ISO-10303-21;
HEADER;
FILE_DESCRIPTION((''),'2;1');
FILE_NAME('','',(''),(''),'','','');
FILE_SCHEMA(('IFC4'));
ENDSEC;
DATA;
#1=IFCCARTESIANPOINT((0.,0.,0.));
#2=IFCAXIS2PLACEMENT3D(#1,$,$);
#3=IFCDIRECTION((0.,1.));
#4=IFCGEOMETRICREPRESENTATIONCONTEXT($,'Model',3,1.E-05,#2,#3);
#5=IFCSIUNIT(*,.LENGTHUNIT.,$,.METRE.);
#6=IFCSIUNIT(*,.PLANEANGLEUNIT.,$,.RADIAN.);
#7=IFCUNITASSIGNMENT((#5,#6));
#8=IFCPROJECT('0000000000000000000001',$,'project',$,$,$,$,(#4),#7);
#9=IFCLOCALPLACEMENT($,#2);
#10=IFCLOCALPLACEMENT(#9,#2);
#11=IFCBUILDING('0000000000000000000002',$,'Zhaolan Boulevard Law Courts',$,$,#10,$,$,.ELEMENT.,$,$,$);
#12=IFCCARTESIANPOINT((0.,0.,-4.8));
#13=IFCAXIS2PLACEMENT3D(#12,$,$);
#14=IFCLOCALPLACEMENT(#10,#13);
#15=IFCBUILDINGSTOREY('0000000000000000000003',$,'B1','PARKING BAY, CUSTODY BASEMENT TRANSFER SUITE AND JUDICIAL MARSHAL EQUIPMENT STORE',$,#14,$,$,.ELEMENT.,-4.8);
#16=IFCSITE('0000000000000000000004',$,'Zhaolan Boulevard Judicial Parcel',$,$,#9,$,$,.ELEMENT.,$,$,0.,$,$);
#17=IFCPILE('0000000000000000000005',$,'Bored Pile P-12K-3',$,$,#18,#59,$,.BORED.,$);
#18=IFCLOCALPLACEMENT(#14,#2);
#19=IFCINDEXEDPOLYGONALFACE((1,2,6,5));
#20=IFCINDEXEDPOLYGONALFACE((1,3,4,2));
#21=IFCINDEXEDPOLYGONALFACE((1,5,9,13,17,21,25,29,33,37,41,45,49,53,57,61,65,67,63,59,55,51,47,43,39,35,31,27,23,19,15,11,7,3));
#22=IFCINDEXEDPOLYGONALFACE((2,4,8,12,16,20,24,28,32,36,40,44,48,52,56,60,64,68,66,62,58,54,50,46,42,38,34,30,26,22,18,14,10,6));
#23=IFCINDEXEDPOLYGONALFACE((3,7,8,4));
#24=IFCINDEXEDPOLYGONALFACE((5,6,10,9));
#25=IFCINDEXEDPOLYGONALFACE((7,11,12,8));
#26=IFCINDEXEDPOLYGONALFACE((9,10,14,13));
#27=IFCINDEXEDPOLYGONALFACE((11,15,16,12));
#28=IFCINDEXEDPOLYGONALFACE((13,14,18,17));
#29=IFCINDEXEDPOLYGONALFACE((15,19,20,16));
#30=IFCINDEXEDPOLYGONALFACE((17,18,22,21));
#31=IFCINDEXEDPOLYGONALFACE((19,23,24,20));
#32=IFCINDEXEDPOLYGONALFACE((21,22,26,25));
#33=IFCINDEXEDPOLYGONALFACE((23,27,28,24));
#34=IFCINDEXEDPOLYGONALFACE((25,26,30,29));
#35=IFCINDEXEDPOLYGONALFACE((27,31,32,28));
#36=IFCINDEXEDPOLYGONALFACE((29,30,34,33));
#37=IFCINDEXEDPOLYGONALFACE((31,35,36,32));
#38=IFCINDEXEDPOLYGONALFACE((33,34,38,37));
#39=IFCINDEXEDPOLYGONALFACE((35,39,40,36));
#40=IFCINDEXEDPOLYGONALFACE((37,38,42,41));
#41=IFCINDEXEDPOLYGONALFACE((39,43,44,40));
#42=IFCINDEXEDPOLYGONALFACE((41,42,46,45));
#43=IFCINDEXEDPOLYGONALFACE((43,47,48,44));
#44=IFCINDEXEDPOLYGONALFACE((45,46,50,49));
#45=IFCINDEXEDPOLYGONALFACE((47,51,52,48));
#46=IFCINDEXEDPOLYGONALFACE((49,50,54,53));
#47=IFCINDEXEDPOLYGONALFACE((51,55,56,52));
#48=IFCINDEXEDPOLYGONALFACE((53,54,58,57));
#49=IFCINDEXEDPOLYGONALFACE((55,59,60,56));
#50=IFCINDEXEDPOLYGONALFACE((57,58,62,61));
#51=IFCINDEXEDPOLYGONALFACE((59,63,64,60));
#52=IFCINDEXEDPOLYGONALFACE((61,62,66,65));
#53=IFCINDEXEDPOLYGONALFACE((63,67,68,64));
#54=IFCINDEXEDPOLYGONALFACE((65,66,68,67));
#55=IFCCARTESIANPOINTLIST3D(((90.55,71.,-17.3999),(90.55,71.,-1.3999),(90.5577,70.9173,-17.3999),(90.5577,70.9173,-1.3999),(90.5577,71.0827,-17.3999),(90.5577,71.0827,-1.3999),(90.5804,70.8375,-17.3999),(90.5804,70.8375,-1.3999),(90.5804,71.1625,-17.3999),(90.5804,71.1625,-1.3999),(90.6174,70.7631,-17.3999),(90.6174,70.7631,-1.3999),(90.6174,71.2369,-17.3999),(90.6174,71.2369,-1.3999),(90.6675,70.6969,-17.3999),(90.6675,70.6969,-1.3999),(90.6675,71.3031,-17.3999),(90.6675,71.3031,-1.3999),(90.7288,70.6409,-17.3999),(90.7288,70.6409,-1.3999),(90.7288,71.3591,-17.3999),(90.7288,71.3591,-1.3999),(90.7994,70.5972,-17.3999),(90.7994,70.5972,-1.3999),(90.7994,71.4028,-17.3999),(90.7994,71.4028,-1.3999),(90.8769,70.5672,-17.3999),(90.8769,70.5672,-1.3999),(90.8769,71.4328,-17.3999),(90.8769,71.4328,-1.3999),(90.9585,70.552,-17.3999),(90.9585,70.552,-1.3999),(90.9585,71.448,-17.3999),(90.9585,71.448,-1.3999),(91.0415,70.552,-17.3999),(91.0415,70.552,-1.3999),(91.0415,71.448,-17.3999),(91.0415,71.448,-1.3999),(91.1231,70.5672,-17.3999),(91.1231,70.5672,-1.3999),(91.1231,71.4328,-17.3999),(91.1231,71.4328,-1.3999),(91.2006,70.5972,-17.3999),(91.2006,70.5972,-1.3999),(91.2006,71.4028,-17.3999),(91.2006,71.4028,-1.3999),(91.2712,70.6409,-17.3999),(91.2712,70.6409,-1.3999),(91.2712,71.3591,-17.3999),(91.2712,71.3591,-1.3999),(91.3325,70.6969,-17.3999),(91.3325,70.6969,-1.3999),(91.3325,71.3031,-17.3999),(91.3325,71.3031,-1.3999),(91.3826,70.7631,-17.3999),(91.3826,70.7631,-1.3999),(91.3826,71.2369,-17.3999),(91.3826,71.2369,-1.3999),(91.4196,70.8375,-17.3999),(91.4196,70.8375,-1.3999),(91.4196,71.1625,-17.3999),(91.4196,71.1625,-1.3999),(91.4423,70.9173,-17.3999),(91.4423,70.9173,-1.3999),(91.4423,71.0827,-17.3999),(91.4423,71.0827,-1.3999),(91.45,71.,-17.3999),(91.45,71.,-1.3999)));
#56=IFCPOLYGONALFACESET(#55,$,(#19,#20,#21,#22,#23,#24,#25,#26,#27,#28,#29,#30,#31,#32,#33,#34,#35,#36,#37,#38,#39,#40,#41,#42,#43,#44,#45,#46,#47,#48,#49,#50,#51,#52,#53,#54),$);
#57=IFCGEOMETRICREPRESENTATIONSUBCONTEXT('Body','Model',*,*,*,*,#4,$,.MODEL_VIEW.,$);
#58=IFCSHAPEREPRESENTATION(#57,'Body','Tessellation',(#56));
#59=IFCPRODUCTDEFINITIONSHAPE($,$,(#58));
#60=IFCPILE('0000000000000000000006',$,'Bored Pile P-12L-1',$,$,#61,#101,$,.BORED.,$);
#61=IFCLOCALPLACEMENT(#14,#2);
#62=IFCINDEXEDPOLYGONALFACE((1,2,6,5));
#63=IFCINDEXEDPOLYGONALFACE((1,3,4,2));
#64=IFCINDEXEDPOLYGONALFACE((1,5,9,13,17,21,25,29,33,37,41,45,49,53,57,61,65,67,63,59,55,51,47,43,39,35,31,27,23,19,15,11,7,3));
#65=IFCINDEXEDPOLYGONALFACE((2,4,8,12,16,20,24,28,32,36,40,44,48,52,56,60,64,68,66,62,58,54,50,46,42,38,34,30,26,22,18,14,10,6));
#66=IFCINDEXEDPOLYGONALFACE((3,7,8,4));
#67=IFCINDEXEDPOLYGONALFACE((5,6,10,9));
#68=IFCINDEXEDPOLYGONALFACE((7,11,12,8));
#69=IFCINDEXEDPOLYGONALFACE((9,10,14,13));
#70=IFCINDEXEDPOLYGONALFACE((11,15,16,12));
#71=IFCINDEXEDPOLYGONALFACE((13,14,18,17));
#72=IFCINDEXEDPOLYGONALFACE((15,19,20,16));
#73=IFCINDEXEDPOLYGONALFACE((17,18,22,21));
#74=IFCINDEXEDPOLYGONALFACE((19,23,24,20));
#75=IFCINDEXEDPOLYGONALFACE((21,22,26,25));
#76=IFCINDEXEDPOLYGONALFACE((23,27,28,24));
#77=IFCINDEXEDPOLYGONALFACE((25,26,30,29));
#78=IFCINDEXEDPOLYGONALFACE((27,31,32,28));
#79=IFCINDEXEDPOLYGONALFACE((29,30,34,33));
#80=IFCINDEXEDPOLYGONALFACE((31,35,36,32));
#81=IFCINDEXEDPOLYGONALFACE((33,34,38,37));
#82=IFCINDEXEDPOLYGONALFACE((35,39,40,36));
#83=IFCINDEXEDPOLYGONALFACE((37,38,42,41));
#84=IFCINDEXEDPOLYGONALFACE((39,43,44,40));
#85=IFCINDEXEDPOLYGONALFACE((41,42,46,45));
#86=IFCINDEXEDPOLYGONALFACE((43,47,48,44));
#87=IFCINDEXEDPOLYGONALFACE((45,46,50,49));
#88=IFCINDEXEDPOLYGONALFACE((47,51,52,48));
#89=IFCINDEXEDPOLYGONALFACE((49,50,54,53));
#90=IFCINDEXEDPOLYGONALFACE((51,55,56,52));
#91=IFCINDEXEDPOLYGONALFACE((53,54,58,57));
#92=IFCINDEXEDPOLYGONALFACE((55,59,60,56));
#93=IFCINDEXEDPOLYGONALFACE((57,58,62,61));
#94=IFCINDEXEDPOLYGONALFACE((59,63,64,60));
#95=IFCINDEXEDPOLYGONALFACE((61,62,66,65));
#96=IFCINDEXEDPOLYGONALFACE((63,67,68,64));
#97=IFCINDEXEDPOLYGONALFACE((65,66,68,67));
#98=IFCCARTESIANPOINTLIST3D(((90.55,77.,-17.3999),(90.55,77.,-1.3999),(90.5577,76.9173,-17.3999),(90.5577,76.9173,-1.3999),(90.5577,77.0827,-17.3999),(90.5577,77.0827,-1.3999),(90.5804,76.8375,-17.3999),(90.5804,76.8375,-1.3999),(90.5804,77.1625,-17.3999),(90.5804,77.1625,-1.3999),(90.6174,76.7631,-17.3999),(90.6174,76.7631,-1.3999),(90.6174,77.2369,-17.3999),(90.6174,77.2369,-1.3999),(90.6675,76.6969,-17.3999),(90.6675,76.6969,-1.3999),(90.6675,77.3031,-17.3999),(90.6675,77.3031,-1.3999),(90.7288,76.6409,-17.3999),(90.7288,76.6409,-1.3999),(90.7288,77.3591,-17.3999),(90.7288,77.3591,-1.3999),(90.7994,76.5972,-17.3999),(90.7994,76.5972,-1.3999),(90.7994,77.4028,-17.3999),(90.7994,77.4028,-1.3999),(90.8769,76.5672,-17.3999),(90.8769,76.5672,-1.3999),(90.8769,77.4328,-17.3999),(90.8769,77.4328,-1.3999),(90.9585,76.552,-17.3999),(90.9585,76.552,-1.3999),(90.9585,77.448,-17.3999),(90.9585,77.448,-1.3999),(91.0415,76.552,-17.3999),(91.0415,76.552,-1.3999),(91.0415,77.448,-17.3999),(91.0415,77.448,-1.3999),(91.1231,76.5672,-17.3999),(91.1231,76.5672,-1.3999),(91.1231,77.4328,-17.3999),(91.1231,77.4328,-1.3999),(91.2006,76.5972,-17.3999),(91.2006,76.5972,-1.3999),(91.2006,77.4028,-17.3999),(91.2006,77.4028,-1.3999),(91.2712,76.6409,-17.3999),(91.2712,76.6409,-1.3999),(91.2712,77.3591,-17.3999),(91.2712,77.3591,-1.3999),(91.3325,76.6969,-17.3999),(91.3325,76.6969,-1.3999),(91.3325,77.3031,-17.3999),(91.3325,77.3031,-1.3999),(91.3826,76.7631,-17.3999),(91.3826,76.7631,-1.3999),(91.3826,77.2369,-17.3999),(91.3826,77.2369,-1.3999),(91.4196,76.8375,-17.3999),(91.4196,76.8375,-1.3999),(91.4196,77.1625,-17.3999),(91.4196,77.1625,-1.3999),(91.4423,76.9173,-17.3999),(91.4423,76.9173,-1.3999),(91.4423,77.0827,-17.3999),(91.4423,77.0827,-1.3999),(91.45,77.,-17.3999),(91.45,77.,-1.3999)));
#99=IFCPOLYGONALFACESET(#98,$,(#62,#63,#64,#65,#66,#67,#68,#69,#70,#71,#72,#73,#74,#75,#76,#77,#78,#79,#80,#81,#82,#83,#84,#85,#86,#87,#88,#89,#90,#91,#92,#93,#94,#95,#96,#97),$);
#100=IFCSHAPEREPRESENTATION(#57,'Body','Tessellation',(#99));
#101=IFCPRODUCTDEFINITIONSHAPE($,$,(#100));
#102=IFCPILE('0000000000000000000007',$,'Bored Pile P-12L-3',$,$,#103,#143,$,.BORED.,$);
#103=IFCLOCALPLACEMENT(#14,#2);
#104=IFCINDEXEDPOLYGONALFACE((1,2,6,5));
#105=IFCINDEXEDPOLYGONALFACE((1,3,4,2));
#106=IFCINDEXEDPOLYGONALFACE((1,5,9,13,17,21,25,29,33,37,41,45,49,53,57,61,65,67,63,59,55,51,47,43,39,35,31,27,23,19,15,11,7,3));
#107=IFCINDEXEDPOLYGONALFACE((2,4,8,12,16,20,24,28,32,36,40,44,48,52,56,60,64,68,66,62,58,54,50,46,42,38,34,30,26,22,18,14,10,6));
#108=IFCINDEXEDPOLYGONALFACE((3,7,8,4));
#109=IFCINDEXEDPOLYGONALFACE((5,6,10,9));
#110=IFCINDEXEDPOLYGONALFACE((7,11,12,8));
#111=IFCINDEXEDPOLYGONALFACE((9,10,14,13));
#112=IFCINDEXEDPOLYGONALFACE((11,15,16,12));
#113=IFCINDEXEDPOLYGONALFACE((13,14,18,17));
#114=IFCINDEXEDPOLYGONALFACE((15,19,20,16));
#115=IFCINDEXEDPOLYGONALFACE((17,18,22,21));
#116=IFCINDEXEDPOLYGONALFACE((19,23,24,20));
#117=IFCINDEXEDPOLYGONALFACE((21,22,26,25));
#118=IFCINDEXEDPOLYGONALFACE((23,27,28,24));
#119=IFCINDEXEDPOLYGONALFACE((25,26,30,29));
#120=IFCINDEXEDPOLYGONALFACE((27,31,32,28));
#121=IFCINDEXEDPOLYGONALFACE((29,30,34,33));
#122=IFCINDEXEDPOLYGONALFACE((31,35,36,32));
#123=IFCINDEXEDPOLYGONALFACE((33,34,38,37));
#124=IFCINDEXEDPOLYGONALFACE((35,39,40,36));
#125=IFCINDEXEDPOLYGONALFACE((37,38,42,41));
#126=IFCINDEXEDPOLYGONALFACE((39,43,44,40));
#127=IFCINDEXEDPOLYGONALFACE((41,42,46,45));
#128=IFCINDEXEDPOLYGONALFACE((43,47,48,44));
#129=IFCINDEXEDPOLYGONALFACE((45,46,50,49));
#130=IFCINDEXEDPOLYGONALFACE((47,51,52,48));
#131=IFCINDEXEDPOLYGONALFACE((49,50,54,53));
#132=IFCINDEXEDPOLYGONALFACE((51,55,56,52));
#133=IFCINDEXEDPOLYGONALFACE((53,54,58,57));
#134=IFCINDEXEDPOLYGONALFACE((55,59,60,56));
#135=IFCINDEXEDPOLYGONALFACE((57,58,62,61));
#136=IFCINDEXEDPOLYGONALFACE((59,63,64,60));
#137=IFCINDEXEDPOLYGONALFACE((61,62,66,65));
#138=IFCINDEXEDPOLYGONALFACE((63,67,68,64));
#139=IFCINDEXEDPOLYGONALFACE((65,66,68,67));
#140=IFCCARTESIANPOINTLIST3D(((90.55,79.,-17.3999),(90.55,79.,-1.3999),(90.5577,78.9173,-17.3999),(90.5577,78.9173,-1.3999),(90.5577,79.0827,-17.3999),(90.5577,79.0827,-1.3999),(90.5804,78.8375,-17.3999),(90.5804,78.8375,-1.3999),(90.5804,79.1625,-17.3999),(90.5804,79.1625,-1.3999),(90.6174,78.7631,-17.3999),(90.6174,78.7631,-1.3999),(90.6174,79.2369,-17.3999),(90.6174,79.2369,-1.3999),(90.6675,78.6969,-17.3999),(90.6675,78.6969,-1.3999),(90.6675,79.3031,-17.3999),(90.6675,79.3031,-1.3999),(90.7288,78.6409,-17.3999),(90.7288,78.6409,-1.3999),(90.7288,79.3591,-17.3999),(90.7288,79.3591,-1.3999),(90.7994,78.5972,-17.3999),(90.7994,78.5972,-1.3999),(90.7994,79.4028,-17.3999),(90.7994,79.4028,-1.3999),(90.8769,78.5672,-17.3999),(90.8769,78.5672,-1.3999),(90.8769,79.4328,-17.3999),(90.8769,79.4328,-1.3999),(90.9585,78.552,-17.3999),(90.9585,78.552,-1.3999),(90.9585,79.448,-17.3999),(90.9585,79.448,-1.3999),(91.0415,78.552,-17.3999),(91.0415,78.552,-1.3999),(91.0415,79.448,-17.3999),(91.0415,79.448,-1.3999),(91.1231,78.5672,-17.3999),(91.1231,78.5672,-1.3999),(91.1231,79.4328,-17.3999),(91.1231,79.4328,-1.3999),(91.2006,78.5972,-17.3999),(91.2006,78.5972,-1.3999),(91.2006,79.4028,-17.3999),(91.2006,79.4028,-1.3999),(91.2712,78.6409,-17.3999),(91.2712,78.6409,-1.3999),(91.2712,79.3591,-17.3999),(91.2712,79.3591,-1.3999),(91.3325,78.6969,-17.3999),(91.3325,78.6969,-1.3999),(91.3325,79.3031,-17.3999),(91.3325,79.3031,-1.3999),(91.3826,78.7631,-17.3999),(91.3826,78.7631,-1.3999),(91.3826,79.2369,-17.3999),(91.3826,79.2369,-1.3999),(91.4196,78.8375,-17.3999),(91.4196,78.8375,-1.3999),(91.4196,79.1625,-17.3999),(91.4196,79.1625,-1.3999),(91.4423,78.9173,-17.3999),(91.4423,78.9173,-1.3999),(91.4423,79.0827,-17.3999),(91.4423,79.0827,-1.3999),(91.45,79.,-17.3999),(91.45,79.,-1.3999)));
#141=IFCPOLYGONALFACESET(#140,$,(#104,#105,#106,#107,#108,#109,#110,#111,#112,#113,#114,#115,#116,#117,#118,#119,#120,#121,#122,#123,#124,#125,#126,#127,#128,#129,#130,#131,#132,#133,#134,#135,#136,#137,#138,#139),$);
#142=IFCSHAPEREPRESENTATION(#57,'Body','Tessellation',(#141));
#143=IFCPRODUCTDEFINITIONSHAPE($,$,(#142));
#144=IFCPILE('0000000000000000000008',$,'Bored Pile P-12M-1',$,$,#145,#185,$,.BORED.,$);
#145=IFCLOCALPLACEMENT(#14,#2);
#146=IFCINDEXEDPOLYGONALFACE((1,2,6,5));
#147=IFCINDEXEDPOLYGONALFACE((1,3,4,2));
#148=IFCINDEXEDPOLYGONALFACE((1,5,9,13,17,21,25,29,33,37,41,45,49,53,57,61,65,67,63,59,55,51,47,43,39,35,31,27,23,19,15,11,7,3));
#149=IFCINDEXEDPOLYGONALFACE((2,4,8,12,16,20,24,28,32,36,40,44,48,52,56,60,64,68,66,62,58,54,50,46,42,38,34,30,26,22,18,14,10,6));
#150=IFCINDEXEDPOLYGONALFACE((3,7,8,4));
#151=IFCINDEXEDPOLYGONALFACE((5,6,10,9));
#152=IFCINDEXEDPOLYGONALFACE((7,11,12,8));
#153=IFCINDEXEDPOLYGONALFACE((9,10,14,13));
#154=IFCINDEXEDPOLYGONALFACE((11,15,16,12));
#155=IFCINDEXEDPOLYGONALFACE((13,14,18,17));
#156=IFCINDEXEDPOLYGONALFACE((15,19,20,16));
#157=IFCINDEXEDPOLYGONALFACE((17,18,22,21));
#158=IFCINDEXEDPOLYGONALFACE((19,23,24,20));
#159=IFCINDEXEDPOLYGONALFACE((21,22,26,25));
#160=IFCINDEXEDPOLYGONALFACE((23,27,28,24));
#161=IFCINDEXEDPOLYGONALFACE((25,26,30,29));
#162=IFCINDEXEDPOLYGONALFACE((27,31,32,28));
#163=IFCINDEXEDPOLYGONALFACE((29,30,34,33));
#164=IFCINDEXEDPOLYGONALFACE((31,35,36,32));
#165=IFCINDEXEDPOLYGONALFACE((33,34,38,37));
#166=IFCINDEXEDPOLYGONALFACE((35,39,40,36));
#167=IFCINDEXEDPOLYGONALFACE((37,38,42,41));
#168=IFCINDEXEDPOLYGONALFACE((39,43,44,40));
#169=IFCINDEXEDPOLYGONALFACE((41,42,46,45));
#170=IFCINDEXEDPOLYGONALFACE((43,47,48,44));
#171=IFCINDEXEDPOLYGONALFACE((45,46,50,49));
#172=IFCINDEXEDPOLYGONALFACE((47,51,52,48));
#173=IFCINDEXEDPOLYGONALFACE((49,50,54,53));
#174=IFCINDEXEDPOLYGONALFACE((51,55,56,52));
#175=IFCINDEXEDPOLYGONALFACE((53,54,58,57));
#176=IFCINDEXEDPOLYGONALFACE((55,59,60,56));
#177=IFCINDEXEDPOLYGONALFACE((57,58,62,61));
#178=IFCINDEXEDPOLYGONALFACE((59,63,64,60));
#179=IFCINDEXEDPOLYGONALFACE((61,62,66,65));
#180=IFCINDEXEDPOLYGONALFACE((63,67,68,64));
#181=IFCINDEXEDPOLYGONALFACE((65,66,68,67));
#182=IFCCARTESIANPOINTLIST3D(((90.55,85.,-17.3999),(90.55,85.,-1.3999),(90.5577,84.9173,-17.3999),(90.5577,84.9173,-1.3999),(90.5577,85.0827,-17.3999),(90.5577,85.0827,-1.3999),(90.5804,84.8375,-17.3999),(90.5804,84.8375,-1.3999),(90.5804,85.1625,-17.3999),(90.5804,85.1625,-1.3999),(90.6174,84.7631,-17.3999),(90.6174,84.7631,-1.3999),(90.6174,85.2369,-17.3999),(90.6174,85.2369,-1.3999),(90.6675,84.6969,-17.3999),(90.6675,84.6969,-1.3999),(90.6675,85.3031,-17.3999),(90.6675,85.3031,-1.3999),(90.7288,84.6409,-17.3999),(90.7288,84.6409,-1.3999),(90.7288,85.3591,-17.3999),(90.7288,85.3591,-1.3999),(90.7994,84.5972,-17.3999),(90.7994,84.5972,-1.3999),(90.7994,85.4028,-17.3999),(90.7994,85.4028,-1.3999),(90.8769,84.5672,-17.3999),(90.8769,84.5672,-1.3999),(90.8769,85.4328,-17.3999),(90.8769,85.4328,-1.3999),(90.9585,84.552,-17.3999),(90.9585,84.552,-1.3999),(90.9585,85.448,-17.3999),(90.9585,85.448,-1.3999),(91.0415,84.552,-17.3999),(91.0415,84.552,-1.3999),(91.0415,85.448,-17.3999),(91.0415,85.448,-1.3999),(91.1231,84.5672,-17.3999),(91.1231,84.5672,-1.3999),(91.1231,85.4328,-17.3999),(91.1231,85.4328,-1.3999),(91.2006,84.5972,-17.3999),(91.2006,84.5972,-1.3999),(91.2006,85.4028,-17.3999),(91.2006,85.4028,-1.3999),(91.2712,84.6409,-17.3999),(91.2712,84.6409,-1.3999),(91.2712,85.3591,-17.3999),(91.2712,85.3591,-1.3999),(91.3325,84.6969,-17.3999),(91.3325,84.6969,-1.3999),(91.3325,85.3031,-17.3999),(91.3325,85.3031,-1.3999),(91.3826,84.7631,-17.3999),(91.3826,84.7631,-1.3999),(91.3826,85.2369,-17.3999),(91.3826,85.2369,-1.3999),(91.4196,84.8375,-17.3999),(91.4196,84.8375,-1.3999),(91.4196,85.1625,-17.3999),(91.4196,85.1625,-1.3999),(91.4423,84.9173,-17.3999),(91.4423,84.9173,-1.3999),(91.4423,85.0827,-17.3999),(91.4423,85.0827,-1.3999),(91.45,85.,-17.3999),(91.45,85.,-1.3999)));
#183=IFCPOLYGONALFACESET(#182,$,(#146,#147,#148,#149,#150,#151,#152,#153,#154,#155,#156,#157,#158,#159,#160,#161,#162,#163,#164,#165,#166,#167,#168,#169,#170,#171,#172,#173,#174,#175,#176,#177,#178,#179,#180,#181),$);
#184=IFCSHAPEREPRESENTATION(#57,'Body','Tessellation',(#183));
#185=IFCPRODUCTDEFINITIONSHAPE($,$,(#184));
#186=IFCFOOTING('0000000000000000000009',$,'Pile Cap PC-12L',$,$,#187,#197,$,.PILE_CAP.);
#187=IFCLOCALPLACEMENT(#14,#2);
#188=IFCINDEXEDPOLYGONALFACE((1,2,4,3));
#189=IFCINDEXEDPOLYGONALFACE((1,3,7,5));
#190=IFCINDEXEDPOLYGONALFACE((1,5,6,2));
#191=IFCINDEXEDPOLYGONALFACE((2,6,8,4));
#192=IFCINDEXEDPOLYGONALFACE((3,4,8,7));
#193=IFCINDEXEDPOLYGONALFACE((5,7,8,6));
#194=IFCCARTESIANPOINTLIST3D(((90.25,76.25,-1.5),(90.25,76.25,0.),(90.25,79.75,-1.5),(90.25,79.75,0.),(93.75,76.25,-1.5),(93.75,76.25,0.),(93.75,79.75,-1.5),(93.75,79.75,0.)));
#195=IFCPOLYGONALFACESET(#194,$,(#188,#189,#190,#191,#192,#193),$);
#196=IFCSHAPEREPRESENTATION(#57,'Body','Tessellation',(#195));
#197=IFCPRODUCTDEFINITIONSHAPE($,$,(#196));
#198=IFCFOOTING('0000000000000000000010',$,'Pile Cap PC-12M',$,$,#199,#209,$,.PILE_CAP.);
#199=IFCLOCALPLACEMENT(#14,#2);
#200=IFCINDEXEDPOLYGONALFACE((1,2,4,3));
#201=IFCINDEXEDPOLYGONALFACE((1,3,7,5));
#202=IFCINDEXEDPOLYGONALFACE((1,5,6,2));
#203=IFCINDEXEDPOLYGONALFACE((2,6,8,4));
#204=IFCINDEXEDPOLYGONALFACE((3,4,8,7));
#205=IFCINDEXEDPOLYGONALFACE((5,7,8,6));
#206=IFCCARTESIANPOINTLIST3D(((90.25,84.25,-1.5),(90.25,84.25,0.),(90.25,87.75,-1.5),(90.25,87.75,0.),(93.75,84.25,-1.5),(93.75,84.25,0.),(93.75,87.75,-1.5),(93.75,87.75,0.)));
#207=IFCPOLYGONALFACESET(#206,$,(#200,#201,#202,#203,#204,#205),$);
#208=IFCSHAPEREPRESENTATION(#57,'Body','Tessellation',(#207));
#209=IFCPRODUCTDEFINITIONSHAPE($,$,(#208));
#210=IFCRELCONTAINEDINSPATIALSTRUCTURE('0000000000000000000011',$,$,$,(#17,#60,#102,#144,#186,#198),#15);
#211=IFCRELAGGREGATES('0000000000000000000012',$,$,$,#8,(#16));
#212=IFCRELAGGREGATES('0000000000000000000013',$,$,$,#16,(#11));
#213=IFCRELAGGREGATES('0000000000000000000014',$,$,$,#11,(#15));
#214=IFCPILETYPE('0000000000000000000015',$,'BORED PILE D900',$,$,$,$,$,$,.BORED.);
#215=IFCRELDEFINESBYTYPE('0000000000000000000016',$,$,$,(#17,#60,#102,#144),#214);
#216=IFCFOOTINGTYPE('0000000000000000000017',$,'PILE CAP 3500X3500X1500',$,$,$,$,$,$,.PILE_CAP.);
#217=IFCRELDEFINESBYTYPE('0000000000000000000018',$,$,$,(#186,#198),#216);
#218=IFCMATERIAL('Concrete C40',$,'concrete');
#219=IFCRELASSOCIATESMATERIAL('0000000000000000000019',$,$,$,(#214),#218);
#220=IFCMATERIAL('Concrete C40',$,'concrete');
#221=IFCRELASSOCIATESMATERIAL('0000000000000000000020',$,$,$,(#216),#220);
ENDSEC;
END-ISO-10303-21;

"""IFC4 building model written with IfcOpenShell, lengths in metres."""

from ifc_helpers import new_model, si_unit, direction, frame, origin, origin_2d, place, context, subcontext, project, spatial, rectangle, circle, extrude, material, material_profile, profile_set, type_object, element, save


model = new_model("IFC4")

# Units and contexts
model_context = context("Model", 3, precision=1e-05, world=origin(), true_north=direction((0.0, 1.0)))
body_context = subcontext(model_context, "Body", "Model", "MODEL_VIEW")
ifc_project = project(units=[si_unit("LENGTHUNIT", "METRE"), si_unit("PLANEANGLEUNIT", "RADIAN")], contexts=[model_context])

# Site, building, storey
site_placement = place(None, origin())
site = spatial("IfcSite", under=ifc_project, at=site_placement, Name="Zhaolan Boulevard Judicial Parcel", CompositionType="ELEMENT", RefElevation=0.0)
building_placement = place(site_placement, origin())
building = spatial("IfcBuilding", under=site, at=building_placement, Name="Zhaolan Boulevard Law Courts", CompositionType="ELEMENT")
storey_placement = place(building_placement, frame((0.0, 0.0, -4.8)))
storey = spatial("IfcBuildingStorey", under=building, at=storey_placement, Name="B1", Description="PARKING BAY, CUSTODY BASEMENT TRANSFER SUITE AND JUDICIAL MARSHAL EQUIPMENT STORE", CompositionType="ELEMENT", Elevation=-4.8)

# Piles
ifc_material_1 = material(Name="Concrete C40", Category="concrete")
ifc_material_profile_1 = material_profile(ifc_material_1, circle(Radius=0.45, at=origin_2d()), Name="PILE-D900")
ifc_profile_set_1 = profile_set([ifc_material_profile_1], Name="Concrete C40")
pile_type = type_object("IfcPileType", Name="BORED PILE D900", PredefinedType="BORED", material=ifc_profile_set_1)
for number, where, z_axis, x_axis, name in (
    (1, (91.0, 71.0, -1.3999), (0.0, 0.0, -1.0), (1.0, 0.0, 0.0), "Bored Pile P-12K-3"),
    (2, (91.0, 77.0, -1.3999), (0.0, 0.0, -1.0), (1.0, 0.0, 0.0), "Bored Pile P-12L-1"),
    (3, (91.0, 79.0, -1.3999), (0.0, 0.0, -1.0), (1.0, 0.0, 0.0), "Bored Pile P-12L-3"),
    (4, (91.0, 85.0, -1.3999), (0.0, 0.0, -1.0), (1.0, 0.0, 0.0), "Bored Pile P-12M-1"),
):
    element("IfcPile", number, at=place(storey_placement, frame(where, z_axis=z_axis, x_axis=x_axis)), inside=storey, type_object=pile_type, Name=name, PredefinedType="BORED", context=body_context, shape_type="SweptSolid", body=[
        extrude(circle(Radius=0.45, at=origin_2d()), origin(), (0.0, 0.0, 1.0), 16.0),
    ])

# Footings
ifc_material_2 = material(Name="Concrete C40", Category="concrete")
footing_type_1 = type_object("IfcFootingType", Name="PILE CAP 3500X3500X1500", PredefinedType="PILE_CAP", material=ifc_material_2)
for number, where, z_axis, x_axis, name in (
    (5, (92.0, 78.0, -1.5), (0.0, 0.0, 1.0), (1.0, 0.0, 0.0), "Pile Cap PC-12L"),
    (6, (92.0, 86.0, -1.5), (0.0, 0.0, 1.0), (1.0, 0.0, 0.0), "Pile Cap PC-12M"),
):
    element("IfcFooting", number, at=place(storey_placement, frame(where, z_axis=z_axis, x_axis=x_axis)), inside=storey, type_object=footing_type_1, Name=name, PredefinedType="PILE_CAP", context=body_context, shape_type="SweptSolid", body=[
        extrude(rectangle(XDim=3.5, YDim=3.5, at=origin_2d()), origin(), (0.0, 0.0, 1.0), 1.5),
    ])

save(model, "model.ifc")
